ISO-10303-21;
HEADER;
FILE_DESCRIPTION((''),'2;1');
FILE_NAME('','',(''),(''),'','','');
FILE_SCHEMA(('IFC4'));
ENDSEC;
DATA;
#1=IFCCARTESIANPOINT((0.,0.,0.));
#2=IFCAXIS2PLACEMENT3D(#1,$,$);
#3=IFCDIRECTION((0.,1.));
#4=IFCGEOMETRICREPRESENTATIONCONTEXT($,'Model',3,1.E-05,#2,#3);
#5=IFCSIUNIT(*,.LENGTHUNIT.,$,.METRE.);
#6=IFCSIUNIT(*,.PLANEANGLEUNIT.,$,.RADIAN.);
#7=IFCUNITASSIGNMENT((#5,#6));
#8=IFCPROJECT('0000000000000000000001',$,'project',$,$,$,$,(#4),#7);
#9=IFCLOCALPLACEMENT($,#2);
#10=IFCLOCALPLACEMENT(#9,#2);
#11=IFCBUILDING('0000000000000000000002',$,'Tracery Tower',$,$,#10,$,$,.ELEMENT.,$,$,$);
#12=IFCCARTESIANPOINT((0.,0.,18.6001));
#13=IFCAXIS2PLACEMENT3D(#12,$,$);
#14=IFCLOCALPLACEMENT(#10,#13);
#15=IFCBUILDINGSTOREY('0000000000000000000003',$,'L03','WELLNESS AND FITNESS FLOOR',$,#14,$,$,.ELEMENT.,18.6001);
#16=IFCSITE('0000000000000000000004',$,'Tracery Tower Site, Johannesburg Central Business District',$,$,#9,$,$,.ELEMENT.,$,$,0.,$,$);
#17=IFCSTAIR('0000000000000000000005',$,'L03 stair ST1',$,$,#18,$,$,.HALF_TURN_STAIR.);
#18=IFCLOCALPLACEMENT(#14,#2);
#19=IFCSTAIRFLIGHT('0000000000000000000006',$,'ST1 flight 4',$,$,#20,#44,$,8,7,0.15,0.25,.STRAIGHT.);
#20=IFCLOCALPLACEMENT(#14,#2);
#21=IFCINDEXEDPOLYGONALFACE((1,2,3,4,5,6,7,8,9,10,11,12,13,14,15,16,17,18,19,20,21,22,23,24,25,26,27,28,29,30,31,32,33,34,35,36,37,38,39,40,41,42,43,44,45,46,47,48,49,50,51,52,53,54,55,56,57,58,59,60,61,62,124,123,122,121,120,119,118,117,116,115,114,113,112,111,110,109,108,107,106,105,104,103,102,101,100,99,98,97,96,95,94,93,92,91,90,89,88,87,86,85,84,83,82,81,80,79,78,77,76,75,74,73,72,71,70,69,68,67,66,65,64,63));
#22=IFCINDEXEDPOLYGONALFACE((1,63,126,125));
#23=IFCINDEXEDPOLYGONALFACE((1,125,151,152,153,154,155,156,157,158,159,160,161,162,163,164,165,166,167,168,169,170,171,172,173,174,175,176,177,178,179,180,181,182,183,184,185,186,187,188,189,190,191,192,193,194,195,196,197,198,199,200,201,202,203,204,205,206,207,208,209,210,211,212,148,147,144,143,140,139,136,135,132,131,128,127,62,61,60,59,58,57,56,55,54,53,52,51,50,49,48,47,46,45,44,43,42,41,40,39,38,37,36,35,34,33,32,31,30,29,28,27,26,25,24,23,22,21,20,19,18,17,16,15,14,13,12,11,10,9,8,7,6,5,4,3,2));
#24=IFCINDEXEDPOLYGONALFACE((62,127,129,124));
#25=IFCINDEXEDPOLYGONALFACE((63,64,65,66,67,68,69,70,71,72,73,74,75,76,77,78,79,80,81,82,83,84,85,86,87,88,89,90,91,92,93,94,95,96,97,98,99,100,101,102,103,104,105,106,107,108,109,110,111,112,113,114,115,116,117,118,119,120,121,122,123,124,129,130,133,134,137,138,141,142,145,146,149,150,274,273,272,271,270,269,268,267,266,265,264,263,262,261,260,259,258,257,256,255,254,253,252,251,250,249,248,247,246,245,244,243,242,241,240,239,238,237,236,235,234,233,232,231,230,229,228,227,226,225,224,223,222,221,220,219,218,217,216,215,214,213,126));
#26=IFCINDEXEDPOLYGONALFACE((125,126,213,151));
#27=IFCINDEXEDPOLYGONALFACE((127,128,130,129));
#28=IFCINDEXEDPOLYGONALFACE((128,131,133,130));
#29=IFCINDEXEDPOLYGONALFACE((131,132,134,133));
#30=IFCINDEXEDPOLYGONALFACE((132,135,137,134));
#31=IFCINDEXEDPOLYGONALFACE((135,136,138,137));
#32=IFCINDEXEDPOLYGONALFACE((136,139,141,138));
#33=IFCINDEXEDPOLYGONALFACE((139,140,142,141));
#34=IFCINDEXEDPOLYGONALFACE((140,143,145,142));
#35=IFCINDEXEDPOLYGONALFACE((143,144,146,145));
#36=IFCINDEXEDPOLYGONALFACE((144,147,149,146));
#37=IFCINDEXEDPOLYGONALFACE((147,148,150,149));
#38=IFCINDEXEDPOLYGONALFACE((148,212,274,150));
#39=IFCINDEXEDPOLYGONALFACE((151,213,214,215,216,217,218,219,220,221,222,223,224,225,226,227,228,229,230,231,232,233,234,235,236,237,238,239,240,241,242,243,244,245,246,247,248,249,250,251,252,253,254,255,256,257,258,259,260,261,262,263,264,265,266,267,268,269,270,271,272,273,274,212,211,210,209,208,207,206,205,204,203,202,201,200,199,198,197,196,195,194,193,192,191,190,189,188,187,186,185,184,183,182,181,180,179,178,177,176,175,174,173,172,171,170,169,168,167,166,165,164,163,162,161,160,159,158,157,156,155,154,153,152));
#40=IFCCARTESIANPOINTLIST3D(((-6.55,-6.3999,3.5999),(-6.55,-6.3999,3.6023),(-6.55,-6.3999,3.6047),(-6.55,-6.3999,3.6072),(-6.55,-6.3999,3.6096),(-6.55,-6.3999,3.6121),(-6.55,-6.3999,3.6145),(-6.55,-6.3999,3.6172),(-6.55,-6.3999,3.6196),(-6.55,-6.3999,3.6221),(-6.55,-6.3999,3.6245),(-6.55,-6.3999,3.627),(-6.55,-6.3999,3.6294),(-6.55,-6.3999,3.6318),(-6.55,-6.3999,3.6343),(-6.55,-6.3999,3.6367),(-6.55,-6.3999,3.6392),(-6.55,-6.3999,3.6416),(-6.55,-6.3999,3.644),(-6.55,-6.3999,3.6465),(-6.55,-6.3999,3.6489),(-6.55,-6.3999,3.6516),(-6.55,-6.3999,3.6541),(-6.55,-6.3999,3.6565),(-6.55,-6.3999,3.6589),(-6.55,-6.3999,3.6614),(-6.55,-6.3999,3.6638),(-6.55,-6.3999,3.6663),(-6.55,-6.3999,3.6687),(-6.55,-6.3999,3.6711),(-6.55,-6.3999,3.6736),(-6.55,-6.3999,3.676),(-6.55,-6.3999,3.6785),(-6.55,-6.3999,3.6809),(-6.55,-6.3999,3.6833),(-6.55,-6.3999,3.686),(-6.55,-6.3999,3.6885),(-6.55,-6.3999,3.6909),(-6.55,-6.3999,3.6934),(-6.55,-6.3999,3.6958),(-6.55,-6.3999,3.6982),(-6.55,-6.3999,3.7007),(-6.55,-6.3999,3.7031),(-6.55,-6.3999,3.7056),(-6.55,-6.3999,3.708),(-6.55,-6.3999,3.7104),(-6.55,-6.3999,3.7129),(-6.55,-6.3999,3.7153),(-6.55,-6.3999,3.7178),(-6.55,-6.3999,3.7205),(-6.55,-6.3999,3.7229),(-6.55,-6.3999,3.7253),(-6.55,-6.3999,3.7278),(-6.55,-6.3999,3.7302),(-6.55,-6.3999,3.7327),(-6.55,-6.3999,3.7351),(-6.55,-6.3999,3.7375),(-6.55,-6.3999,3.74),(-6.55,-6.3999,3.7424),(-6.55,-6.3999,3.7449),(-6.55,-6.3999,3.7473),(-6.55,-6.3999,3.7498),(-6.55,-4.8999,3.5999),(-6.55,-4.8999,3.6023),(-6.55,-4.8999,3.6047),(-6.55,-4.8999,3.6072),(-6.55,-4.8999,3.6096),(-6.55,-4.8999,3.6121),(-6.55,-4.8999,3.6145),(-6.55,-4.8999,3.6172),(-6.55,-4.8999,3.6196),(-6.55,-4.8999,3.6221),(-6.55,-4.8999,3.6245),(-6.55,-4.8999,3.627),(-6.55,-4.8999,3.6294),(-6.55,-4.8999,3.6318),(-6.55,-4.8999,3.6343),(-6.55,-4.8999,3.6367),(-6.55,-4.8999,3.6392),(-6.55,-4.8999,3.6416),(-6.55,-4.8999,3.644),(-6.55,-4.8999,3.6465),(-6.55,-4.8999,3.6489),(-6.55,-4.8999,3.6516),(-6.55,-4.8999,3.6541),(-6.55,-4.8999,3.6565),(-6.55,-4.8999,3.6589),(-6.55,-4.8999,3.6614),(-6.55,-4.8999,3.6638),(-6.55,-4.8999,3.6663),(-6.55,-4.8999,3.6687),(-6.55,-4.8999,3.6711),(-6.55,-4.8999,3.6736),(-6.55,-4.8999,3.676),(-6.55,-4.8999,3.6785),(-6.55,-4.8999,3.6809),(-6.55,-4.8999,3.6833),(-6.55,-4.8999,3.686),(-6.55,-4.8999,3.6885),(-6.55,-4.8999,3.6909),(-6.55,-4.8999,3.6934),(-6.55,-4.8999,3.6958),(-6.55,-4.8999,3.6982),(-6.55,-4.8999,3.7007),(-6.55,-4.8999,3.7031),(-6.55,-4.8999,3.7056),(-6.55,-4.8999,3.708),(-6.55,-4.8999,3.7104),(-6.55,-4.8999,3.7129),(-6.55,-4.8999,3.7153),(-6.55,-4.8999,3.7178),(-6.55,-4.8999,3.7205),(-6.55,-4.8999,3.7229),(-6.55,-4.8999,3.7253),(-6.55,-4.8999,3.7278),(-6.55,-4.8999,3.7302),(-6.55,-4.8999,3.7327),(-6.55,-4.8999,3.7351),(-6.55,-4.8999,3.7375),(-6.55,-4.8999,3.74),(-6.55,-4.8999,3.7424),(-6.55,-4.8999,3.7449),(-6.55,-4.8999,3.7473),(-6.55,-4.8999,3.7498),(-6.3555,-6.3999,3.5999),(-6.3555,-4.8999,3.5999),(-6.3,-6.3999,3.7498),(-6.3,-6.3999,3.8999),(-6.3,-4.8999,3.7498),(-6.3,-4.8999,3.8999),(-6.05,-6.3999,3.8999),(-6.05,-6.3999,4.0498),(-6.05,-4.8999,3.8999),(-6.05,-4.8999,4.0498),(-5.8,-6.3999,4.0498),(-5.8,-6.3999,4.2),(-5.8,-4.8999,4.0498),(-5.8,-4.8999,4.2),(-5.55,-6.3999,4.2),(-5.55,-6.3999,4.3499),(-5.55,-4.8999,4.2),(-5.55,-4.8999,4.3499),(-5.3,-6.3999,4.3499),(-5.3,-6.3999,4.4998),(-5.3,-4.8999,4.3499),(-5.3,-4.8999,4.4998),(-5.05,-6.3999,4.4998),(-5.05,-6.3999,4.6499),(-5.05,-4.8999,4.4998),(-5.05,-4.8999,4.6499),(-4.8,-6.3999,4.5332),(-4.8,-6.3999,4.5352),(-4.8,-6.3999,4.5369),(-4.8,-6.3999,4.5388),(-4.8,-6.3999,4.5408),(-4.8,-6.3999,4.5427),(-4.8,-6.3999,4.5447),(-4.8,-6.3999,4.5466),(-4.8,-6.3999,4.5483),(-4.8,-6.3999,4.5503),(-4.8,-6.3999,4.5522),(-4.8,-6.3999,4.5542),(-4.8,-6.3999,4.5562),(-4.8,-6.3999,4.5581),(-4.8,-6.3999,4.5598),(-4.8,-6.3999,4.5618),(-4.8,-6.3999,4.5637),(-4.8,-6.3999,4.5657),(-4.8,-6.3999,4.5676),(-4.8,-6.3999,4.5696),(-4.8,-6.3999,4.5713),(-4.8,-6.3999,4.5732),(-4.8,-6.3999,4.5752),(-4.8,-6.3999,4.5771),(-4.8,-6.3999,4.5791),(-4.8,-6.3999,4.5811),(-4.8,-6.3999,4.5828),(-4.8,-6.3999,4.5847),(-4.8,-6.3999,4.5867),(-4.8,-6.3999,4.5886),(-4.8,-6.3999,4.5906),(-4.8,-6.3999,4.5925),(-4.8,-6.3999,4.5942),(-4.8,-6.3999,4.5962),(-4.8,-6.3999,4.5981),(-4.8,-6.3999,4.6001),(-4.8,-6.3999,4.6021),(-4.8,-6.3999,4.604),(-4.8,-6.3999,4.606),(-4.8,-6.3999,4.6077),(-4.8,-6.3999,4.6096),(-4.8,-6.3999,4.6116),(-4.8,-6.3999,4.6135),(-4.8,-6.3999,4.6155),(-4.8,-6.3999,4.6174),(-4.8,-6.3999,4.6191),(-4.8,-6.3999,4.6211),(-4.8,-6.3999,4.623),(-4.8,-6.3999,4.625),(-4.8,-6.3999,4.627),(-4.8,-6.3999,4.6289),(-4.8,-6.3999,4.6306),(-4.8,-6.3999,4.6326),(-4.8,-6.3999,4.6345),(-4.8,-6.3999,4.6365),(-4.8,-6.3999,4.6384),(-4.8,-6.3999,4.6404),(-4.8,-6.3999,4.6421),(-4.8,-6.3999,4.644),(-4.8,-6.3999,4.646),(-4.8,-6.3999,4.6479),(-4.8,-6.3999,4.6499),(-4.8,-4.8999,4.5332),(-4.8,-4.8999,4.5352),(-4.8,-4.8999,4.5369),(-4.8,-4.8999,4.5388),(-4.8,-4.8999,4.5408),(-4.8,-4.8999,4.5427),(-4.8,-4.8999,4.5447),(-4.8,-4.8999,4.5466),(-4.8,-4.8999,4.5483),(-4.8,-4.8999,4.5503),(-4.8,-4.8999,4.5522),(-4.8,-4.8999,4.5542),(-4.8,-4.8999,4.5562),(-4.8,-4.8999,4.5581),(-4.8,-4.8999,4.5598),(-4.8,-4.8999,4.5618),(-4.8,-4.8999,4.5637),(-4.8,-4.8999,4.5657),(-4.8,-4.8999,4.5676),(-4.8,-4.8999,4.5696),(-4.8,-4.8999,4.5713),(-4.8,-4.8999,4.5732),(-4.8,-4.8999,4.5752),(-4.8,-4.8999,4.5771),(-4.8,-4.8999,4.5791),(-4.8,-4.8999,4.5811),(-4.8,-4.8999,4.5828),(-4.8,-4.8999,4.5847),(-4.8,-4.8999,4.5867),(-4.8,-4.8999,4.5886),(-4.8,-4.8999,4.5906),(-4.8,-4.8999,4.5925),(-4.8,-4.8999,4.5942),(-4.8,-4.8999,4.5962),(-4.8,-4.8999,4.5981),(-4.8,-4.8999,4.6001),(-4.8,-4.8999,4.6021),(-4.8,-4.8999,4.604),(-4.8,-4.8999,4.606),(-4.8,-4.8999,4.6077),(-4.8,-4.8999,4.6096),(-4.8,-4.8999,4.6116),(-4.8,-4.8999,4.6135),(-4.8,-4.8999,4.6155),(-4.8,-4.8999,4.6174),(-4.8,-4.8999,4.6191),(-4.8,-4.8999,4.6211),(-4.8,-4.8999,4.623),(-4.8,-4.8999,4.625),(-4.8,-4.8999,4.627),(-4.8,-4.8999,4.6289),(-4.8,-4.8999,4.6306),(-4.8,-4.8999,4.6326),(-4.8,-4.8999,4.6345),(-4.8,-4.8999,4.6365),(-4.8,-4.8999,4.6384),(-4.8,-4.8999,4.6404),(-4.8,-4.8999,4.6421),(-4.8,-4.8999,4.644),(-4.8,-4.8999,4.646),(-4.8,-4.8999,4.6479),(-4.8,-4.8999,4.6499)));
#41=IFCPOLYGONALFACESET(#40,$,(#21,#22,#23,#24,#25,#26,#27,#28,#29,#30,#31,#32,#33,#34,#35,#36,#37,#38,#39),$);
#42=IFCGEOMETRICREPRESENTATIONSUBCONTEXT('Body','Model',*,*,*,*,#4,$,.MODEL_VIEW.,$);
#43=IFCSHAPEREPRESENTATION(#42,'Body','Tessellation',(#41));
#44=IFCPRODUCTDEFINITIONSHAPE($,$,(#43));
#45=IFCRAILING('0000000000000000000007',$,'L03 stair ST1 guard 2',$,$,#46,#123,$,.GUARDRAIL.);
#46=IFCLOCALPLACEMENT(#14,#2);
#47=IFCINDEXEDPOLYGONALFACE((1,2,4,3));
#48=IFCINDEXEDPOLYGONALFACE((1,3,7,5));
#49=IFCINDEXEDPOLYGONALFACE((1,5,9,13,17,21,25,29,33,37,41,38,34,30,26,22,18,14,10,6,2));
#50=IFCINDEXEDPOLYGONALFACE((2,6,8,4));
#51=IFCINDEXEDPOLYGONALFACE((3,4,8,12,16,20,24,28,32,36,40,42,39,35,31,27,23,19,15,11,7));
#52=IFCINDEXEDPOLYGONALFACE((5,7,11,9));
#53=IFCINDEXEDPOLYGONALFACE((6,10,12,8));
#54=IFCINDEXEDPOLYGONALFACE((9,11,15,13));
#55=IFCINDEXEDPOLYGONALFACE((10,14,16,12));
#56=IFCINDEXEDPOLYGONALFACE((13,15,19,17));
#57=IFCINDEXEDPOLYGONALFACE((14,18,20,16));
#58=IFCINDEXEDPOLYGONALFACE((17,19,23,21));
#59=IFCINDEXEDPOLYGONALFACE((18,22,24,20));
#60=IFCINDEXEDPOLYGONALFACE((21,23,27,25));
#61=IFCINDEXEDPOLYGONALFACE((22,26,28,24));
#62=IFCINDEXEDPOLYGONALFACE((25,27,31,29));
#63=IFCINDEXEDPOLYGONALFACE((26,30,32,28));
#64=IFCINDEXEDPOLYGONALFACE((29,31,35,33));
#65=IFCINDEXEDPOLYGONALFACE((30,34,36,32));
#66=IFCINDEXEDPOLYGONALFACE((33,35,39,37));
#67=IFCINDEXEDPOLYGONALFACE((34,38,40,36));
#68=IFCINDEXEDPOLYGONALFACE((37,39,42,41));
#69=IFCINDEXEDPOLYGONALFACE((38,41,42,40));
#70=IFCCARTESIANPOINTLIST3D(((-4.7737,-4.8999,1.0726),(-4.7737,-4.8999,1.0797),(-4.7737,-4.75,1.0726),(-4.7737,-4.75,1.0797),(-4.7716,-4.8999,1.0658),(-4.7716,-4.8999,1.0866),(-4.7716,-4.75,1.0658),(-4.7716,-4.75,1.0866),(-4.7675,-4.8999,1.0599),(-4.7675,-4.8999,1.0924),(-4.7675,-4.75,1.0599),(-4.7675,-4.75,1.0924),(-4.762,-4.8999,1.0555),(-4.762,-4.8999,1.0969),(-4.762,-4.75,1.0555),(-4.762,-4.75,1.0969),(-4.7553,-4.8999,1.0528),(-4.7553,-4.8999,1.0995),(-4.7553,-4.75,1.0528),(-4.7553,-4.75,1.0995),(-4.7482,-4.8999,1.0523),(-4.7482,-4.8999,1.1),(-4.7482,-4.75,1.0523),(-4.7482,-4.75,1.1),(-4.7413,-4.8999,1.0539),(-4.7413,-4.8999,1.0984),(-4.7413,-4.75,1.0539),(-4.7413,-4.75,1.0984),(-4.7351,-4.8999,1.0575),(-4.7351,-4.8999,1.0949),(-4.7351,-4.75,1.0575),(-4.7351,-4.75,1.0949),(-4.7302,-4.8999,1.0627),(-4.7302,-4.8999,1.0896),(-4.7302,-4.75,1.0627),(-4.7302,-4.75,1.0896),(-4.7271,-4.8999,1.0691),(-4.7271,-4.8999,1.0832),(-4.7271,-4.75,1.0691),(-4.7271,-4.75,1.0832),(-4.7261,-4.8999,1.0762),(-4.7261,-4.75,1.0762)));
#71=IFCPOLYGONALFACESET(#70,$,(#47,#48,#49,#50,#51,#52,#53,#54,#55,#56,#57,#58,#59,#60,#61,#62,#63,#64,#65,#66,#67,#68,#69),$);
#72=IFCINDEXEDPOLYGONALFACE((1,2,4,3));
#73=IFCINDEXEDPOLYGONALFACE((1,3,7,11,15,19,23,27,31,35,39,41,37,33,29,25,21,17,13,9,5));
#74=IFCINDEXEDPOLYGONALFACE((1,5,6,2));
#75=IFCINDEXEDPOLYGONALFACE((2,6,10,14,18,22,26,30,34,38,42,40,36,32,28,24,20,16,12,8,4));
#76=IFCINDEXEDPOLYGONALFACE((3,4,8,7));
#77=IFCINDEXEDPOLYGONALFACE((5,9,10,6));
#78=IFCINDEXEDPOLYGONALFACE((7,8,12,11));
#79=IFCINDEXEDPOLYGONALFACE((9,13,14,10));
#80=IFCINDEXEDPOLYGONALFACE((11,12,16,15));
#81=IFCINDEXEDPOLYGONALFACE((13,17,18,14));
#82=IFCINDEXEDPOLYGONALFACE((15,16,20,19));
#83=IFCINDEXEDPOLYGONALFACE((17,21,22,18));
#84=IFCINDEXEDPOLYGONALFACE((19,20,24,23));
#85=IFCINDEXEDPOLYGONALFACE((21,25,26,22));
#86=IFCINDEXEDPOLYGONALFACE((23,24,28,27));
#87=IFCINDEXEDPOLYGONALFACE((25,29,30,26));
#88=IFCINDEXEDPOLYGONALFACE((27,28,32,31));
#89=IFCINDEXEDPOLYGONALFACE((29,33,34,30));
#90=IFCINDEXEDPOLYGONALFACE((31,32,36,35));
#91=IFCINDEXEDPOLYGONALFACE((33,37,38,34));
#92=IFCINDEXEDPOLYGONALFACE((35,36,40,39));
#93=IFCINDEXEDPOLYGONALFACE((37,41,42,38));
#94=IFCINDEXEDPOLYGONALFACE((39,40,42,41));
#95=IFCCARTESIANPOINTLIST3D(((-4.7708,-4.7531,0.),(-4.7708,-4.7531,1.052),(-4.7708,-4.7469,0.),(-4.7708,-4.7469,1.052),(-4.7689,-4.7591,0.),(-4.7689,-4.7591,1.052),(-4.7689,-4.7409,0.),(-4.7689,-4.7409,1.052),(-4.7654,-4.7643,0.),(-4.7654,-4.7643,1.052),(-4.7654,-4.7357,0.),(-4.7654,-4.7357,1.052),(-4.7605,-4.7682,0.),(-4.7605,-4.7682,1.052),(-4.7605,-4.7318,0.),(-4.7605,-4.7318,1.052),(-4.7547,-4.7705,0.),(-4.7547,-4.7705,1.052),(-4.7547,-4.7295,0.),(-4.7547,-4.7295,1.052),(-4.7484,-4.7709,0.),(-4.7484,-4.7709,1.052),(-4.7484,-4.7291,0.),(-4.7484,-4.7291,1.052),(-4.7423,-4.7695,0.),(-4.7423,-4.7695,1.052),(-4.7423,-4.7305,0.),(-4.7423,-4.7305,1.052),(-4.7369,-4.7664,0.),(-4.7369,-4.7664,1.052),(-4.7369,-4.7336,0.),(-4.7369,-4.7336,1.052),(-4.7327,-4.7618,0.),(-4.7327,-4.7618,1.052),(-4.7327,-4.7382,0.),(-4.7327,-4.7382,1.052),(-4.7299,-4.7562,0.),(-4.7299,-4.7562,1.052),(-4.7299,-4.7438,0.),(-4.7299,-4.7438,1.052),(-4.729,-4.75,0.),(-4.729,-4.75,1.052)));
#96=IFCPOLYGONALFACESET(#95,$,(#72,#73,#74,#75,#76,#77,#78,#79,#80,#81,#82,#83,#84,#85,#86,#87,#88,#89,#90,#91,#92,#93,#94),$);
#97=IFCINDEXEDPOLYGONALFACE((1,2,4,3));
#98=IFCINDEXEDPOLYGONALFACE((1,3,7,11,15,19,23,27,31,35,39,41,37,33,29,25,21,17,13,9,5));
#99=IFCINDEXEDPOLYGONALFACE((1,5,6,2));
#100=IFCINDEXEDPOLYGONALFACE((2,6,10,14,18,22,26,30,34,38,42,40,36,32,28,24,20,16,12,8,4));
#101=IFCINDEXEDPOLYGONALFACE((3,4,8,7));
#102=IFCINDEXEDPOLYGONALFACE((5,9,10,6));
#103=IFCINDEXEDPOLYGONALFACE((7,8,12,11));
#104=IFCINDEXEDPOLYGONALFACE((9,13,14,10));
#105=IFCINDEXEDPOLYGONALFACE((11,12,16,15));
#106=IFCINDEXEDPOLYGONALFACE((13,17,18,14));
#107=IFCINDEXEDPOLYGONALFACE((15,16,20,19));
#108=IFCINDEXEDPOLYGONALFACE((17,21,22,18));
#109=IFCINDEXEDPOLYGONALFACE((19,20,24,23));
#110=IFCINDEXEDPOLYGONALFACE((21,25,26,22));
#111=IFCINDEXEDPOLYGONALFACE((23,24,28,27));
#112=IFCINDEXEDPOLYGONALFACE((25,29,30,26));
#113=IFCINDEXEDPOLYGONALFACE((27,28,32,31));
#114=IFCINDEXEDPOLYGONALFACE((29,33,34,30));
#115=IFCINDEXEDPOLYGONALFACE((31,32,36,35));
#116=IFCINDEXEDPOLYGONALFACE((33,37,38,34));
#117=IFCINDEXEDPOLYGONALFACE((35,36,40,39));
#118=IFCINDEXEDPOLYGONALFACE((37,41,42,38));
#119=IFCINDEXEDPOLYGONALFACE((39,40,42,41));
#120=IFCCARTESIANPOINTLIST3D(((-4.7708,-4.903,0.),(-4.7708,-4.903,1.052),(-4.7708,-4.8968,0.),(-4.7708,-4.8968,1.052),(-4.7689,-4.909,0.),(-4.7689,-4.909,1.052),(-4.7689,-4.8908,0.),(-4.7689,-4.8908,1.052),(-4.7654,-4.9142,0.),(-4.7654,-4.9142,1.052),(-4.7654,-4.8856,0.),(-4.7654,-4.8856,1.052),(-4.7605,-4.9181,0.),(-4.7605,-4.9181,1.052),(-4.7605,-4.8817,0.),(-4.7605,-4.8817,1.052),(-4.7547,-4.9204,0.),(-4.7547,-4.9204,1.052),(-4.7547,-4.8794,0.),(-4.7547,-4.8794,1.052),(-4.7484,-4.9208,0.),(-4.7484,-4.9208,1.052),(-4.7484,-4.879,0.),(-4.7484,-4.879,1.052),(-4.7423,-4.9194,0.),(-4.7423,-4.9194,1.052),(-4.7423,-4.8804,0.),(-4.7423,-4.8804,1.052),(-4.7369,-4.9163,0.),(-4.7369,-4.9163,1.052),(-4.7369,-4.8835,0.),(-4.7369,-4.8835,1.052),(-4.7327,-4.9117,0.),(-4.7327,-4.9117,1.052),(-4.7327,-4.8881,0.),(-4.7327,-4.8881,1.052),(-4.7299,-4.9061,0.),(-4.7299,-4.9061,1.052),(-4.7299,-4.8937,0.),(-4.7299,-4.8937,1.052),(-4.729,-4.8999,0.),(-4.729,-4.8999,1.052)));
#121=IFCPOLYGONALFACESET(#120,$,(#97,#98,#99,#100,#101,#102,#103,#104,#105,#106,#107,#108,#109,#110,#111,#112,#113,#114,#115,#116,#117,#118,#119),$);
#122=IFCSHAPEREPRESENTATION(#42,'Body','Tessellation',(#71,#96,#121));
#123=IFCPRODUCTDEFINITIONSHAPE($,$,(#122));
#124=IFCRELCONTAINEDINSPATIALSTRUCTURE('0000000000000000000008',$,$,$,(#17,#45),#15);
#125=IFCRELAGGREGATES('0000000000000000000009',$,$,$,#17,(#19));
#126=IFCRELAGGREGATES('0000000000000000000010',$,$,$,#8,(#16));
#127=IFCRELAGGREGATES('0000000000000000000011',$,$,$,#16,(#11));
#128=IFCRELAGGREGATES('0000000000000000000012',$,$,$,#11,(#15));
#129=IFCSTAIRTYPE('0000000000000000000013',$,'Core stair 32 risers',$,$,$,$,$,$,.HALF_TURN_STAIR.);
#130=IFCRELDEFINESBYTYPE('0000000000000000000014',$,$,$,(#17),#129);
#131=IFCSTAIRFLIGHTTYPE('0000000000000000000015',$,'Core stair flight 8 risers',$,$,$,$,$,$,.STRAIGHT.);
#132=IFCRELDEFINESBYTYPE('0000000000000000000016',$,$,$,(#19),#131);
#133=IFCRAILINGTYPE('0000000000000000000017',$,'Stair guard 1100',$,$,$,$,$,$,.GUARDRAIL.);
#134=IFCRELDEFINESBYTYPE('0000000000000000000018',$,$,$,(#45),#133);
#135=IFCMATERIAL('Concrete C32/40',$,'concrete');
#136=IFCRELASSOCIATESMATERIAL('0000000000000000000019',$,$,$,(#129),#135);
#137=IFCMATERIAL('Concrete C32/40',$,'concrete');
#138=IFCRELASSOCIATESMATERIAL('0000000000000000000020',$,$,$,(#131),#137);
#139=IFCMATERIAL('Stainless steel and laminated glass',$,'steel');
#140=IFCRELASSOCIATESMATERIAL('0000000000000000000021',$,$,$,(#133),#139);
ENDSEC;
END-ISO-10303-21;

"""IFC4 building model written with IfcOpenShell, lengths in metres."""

from ifc_helpers import new_model, si_unit, direction, frame, origin, origin_2d, place, context, subcontext, project, spatial, polyline, circle, outline, extrude, material, type_object, element, aggregate, save


model = new_model("IFC4")

# Units and contexts
model_context = context("Model", 3, precision=1e-05, world=origin(), true_north=direction((0.0, 1.0)))
body_context = subcontext(model_context, "Body", "Model", "MODEL_VIEW")
ifc_project = project(units=[si_unit("LENGTHUNIT", "METRE"), si_unit("PLANEANGLEUNIT", "RADIAN")], contexts=[model_context])

# Site, building, storey
site_placement = place(None, origin())
site = spatial("IfcSite", under=ifc_project, at=site_placement, Name="Tracery Tower Site, Johannesburg Central Business District", CompositionType="ELEMENT", RefElevation=0.0)
building_placement = place(site_placement, origin())
building = spatial("IfcBuilding", under=site, at=building_placement, Name="Tracery Tower", CompositionType="ELEMENT")
storey_placement = place(building_placement, frame((0.0, 0.0, 18.6001)))
storey = spatial("IfcBuildingStorey", under=building, at=storey_placement, Name="L03", Description="WELLNESS AND FITNESS FLOOR", CompositionType="ELEMENT", Elevation=18.6001)

# Stair, stair flight
ifc_material_1 = material(Name="Concrete C32/40", Category="concrete")
stair_type = type_object("IfcStairType", Name="Core stair 32 risers", PredefinedType="HALF_TURN_STAIR", material=ifc_material_1)
stair_placement = place(storey_placement, origin())
stair = element("IfcStair", 1, at=stair_placement, inside=storey, type_object=stair_type, Name="L03 stair ST1", PredefinedType="HALF_TURN_STAIR")
ifc_material_2 = material(Name="Concrete C32/40", Category="concrete")
stair_flight_type = type_object("IfcStairFlightType", Name="Core stair flight 8 risers", PredefinedType="STRAIGHT", material=ifc_material_2)
stair_flight_1_placement = place(storey_placement, frame((-6.55, -5.6499, 3.5999), z_axis=(0.0, 0.0, 1.0), x_axis=(1.0, 0.0, 0.0)))
stair_flight_1 = element("IfcStairFlight", 2, at=stair_flight_1_placement, type_object=stair_flight_type, Name="ST1 flight 4", NumberOfRisers=8, NumberOfTreads=7, PredefinedType="STRAIGHT", RiserHeight=0.15, TreadLength=0.25, context=body_context, shape_type="SweptSolid", body=[
    extrude(outline(polyline([(0.0, 0.0), (0.0, 0.0024), (0.0, 0.0049), (0.0, 0.0073), (0.0, 0.0098), (0.0, 0.0122), (0.0, 0.0146), (0.0, 0.0173), (0.0, 0.0198), (0.0, 0.0222), (0.0, 0.0247), (0.0, 0.0271), (0.0, 0.0295), (0.0, 0.032), (0.0, 0.0344), (0.0, 0.0369), (0.0, 0.0393), (0.0, 0.0417), (0.0, 0.0442), (0.0, 0.0466), (0.0, 0.0491), (0.0, 0.0518), (0.0, 0.0542), (0.0, 0.0566), (0.0, 0.0591), (0.0, 0.0615), (0.0, 0.064), (0.0, 0.0664), (0.0, 0.0688), (0.0, 0.0713), (0.0, 0.0737), (0.0, 0.0762), (0.0, 0.0786), (0.0, 0.0811), (0.0, 0.0835), (0.0, 0.0862), (0.0, 0.0886), (0.0, 0.0911), (0.0, 0.0935), (0.0, 0.0959), (0.0, 0.0984), (0.0, 0.1008), (0.0, 0.1033), (0.0, 0.1057), (0.0, 0.1082), (0.0, 0.1106), (0.0, 0.113), (0.0, 0.1155), (0.0, 0.1179), (0.0, 0.1206), (0.0, 0.123), (0.0, 0.1255), (0.0, 0.1279), (0.0, 0.1304), (0.0, 0.1328), (0.0, 0.1353), (0.0, 0.1377), (0.0, 0.1401), (0.0, 0.1426), (0.0, 0.145), (0.0, 0.1475), (0.0, 0.1499), (0.25, 0.1499), (0.25, 0.3), (0.5, 0.3), (0.5, 0.45), (0.75, 0.45), (0.75, 0.6001), (1.0, 0.6001), (1.0, 0.75), (1.25, 0.75), (1.25, 0.8999), (1.5, 0.8999), (1.5, 1.05), (1.75, 1.05), (1.75, 1.0481), (1.75, 1.0461), (1.75, 1.0442), (1.75, 1.0422), (1.75, 1.0405), (1.75, 1.0386), (1.75, 1.0366), (1.75, 1.0347), (1.75, 1.0327), (1.75, 1.0308), (1.75, 1.0291), (1.75, 1.0271), (1.75, 1.0251), (1.75, 1.0232), (1.75, 1.0212), (1.75, 1.0193), (1.75, 1.0176), (1.75, 1.0156), (1.75, 1.0137), (1.75, 1.0117), (1.75, 1.0098), (1.75, 1.0078), (1.75, 1.0061), (1.75, 1.0042), (1.75, 1.0022), (1.75, 1.0002), (1.75, 0.9983), (1.75, 0.9963), (1.75, 0.9944), (1.75, 0.9927), (1.75, 0.9907), (1.75, 0.9888), (1.75, 0.9868), (1.75, 0.9849), (1.75, 0.9829), (1.75, 0.9812), (1.75, 0.9792), (1.75, 0.9773), (1.75, 0.9753), (1.75, 0.9734), (1.75, 0.9714), (1.75, 0.9697), (1.75, 0.9678), (1.75, 0.9658), (1.75, 0.9639), (1.75, 0.9619), (1.75, 0.96), (1.75, 0.9583), (1.75, 0.9563), (1.75, 0.9543), (1.75, 0.9524), (1.75, 0.9504), (1.75, 0.9485), (1.75, 0.9468), (1.75, 0.9448), (1.75, 0.9429), (1.75, 0.9409), (1.75, 0.939), (1.75, 0.937), (1.75, 0.9353), (1.75, 0.9333), (0.1946, 0.0), (0.0, 0.0)])), frame((0.0, 0.75, 0.0), z_axis=(0.0, -1.0, 0.0), x_axis=(1.0, 0.0, 0.0)), (0.0, 0.0, 1.0), 1.5),
])
aggregate(stair, [stair_flight_1])

# Railing
ifc_material_3 = material(Name="Stainless steel and laminated glass", Category="steel")
railing_type_1 = type_object("IfcRailingType", Name="Stair guard 1100", PredefinedType="GUARDRAIL", material=ifc_material_3)
railing_1_placement = place(storey_placement, frame((-4.75, -4.75, 0.0)))
element("IfcRailing", 3, at=railing_1_placement, inside=storey, type_object=railing_type_1, Name="L03 stair ST1 guard 2", PredefinedType="GUARDRAIL", context=body_context, shape_type="SweptSolid", body=[
    extrude(circle(Radius=0.0239, at=origin_2d()), frame((0.0, 0.0, 1.0762), z_axis=(0.0, -1.0, 0.0), x_axis=(1.0, 0.0, 0.0)), (0.0, 0.0, 1.0), 0.1499),
    extrude(circle(Radius=0.021, at=origin_2d()), origin(), (0.0, 0.0, 1.0), 1.052),
    extrude(circle(Radius=0.021, at=origin_2d()), frame((0.0, -0.1499, 0.0)), (0.0, 0.0, 1.0), 1.052),
])

save(model, "model.ifc")
